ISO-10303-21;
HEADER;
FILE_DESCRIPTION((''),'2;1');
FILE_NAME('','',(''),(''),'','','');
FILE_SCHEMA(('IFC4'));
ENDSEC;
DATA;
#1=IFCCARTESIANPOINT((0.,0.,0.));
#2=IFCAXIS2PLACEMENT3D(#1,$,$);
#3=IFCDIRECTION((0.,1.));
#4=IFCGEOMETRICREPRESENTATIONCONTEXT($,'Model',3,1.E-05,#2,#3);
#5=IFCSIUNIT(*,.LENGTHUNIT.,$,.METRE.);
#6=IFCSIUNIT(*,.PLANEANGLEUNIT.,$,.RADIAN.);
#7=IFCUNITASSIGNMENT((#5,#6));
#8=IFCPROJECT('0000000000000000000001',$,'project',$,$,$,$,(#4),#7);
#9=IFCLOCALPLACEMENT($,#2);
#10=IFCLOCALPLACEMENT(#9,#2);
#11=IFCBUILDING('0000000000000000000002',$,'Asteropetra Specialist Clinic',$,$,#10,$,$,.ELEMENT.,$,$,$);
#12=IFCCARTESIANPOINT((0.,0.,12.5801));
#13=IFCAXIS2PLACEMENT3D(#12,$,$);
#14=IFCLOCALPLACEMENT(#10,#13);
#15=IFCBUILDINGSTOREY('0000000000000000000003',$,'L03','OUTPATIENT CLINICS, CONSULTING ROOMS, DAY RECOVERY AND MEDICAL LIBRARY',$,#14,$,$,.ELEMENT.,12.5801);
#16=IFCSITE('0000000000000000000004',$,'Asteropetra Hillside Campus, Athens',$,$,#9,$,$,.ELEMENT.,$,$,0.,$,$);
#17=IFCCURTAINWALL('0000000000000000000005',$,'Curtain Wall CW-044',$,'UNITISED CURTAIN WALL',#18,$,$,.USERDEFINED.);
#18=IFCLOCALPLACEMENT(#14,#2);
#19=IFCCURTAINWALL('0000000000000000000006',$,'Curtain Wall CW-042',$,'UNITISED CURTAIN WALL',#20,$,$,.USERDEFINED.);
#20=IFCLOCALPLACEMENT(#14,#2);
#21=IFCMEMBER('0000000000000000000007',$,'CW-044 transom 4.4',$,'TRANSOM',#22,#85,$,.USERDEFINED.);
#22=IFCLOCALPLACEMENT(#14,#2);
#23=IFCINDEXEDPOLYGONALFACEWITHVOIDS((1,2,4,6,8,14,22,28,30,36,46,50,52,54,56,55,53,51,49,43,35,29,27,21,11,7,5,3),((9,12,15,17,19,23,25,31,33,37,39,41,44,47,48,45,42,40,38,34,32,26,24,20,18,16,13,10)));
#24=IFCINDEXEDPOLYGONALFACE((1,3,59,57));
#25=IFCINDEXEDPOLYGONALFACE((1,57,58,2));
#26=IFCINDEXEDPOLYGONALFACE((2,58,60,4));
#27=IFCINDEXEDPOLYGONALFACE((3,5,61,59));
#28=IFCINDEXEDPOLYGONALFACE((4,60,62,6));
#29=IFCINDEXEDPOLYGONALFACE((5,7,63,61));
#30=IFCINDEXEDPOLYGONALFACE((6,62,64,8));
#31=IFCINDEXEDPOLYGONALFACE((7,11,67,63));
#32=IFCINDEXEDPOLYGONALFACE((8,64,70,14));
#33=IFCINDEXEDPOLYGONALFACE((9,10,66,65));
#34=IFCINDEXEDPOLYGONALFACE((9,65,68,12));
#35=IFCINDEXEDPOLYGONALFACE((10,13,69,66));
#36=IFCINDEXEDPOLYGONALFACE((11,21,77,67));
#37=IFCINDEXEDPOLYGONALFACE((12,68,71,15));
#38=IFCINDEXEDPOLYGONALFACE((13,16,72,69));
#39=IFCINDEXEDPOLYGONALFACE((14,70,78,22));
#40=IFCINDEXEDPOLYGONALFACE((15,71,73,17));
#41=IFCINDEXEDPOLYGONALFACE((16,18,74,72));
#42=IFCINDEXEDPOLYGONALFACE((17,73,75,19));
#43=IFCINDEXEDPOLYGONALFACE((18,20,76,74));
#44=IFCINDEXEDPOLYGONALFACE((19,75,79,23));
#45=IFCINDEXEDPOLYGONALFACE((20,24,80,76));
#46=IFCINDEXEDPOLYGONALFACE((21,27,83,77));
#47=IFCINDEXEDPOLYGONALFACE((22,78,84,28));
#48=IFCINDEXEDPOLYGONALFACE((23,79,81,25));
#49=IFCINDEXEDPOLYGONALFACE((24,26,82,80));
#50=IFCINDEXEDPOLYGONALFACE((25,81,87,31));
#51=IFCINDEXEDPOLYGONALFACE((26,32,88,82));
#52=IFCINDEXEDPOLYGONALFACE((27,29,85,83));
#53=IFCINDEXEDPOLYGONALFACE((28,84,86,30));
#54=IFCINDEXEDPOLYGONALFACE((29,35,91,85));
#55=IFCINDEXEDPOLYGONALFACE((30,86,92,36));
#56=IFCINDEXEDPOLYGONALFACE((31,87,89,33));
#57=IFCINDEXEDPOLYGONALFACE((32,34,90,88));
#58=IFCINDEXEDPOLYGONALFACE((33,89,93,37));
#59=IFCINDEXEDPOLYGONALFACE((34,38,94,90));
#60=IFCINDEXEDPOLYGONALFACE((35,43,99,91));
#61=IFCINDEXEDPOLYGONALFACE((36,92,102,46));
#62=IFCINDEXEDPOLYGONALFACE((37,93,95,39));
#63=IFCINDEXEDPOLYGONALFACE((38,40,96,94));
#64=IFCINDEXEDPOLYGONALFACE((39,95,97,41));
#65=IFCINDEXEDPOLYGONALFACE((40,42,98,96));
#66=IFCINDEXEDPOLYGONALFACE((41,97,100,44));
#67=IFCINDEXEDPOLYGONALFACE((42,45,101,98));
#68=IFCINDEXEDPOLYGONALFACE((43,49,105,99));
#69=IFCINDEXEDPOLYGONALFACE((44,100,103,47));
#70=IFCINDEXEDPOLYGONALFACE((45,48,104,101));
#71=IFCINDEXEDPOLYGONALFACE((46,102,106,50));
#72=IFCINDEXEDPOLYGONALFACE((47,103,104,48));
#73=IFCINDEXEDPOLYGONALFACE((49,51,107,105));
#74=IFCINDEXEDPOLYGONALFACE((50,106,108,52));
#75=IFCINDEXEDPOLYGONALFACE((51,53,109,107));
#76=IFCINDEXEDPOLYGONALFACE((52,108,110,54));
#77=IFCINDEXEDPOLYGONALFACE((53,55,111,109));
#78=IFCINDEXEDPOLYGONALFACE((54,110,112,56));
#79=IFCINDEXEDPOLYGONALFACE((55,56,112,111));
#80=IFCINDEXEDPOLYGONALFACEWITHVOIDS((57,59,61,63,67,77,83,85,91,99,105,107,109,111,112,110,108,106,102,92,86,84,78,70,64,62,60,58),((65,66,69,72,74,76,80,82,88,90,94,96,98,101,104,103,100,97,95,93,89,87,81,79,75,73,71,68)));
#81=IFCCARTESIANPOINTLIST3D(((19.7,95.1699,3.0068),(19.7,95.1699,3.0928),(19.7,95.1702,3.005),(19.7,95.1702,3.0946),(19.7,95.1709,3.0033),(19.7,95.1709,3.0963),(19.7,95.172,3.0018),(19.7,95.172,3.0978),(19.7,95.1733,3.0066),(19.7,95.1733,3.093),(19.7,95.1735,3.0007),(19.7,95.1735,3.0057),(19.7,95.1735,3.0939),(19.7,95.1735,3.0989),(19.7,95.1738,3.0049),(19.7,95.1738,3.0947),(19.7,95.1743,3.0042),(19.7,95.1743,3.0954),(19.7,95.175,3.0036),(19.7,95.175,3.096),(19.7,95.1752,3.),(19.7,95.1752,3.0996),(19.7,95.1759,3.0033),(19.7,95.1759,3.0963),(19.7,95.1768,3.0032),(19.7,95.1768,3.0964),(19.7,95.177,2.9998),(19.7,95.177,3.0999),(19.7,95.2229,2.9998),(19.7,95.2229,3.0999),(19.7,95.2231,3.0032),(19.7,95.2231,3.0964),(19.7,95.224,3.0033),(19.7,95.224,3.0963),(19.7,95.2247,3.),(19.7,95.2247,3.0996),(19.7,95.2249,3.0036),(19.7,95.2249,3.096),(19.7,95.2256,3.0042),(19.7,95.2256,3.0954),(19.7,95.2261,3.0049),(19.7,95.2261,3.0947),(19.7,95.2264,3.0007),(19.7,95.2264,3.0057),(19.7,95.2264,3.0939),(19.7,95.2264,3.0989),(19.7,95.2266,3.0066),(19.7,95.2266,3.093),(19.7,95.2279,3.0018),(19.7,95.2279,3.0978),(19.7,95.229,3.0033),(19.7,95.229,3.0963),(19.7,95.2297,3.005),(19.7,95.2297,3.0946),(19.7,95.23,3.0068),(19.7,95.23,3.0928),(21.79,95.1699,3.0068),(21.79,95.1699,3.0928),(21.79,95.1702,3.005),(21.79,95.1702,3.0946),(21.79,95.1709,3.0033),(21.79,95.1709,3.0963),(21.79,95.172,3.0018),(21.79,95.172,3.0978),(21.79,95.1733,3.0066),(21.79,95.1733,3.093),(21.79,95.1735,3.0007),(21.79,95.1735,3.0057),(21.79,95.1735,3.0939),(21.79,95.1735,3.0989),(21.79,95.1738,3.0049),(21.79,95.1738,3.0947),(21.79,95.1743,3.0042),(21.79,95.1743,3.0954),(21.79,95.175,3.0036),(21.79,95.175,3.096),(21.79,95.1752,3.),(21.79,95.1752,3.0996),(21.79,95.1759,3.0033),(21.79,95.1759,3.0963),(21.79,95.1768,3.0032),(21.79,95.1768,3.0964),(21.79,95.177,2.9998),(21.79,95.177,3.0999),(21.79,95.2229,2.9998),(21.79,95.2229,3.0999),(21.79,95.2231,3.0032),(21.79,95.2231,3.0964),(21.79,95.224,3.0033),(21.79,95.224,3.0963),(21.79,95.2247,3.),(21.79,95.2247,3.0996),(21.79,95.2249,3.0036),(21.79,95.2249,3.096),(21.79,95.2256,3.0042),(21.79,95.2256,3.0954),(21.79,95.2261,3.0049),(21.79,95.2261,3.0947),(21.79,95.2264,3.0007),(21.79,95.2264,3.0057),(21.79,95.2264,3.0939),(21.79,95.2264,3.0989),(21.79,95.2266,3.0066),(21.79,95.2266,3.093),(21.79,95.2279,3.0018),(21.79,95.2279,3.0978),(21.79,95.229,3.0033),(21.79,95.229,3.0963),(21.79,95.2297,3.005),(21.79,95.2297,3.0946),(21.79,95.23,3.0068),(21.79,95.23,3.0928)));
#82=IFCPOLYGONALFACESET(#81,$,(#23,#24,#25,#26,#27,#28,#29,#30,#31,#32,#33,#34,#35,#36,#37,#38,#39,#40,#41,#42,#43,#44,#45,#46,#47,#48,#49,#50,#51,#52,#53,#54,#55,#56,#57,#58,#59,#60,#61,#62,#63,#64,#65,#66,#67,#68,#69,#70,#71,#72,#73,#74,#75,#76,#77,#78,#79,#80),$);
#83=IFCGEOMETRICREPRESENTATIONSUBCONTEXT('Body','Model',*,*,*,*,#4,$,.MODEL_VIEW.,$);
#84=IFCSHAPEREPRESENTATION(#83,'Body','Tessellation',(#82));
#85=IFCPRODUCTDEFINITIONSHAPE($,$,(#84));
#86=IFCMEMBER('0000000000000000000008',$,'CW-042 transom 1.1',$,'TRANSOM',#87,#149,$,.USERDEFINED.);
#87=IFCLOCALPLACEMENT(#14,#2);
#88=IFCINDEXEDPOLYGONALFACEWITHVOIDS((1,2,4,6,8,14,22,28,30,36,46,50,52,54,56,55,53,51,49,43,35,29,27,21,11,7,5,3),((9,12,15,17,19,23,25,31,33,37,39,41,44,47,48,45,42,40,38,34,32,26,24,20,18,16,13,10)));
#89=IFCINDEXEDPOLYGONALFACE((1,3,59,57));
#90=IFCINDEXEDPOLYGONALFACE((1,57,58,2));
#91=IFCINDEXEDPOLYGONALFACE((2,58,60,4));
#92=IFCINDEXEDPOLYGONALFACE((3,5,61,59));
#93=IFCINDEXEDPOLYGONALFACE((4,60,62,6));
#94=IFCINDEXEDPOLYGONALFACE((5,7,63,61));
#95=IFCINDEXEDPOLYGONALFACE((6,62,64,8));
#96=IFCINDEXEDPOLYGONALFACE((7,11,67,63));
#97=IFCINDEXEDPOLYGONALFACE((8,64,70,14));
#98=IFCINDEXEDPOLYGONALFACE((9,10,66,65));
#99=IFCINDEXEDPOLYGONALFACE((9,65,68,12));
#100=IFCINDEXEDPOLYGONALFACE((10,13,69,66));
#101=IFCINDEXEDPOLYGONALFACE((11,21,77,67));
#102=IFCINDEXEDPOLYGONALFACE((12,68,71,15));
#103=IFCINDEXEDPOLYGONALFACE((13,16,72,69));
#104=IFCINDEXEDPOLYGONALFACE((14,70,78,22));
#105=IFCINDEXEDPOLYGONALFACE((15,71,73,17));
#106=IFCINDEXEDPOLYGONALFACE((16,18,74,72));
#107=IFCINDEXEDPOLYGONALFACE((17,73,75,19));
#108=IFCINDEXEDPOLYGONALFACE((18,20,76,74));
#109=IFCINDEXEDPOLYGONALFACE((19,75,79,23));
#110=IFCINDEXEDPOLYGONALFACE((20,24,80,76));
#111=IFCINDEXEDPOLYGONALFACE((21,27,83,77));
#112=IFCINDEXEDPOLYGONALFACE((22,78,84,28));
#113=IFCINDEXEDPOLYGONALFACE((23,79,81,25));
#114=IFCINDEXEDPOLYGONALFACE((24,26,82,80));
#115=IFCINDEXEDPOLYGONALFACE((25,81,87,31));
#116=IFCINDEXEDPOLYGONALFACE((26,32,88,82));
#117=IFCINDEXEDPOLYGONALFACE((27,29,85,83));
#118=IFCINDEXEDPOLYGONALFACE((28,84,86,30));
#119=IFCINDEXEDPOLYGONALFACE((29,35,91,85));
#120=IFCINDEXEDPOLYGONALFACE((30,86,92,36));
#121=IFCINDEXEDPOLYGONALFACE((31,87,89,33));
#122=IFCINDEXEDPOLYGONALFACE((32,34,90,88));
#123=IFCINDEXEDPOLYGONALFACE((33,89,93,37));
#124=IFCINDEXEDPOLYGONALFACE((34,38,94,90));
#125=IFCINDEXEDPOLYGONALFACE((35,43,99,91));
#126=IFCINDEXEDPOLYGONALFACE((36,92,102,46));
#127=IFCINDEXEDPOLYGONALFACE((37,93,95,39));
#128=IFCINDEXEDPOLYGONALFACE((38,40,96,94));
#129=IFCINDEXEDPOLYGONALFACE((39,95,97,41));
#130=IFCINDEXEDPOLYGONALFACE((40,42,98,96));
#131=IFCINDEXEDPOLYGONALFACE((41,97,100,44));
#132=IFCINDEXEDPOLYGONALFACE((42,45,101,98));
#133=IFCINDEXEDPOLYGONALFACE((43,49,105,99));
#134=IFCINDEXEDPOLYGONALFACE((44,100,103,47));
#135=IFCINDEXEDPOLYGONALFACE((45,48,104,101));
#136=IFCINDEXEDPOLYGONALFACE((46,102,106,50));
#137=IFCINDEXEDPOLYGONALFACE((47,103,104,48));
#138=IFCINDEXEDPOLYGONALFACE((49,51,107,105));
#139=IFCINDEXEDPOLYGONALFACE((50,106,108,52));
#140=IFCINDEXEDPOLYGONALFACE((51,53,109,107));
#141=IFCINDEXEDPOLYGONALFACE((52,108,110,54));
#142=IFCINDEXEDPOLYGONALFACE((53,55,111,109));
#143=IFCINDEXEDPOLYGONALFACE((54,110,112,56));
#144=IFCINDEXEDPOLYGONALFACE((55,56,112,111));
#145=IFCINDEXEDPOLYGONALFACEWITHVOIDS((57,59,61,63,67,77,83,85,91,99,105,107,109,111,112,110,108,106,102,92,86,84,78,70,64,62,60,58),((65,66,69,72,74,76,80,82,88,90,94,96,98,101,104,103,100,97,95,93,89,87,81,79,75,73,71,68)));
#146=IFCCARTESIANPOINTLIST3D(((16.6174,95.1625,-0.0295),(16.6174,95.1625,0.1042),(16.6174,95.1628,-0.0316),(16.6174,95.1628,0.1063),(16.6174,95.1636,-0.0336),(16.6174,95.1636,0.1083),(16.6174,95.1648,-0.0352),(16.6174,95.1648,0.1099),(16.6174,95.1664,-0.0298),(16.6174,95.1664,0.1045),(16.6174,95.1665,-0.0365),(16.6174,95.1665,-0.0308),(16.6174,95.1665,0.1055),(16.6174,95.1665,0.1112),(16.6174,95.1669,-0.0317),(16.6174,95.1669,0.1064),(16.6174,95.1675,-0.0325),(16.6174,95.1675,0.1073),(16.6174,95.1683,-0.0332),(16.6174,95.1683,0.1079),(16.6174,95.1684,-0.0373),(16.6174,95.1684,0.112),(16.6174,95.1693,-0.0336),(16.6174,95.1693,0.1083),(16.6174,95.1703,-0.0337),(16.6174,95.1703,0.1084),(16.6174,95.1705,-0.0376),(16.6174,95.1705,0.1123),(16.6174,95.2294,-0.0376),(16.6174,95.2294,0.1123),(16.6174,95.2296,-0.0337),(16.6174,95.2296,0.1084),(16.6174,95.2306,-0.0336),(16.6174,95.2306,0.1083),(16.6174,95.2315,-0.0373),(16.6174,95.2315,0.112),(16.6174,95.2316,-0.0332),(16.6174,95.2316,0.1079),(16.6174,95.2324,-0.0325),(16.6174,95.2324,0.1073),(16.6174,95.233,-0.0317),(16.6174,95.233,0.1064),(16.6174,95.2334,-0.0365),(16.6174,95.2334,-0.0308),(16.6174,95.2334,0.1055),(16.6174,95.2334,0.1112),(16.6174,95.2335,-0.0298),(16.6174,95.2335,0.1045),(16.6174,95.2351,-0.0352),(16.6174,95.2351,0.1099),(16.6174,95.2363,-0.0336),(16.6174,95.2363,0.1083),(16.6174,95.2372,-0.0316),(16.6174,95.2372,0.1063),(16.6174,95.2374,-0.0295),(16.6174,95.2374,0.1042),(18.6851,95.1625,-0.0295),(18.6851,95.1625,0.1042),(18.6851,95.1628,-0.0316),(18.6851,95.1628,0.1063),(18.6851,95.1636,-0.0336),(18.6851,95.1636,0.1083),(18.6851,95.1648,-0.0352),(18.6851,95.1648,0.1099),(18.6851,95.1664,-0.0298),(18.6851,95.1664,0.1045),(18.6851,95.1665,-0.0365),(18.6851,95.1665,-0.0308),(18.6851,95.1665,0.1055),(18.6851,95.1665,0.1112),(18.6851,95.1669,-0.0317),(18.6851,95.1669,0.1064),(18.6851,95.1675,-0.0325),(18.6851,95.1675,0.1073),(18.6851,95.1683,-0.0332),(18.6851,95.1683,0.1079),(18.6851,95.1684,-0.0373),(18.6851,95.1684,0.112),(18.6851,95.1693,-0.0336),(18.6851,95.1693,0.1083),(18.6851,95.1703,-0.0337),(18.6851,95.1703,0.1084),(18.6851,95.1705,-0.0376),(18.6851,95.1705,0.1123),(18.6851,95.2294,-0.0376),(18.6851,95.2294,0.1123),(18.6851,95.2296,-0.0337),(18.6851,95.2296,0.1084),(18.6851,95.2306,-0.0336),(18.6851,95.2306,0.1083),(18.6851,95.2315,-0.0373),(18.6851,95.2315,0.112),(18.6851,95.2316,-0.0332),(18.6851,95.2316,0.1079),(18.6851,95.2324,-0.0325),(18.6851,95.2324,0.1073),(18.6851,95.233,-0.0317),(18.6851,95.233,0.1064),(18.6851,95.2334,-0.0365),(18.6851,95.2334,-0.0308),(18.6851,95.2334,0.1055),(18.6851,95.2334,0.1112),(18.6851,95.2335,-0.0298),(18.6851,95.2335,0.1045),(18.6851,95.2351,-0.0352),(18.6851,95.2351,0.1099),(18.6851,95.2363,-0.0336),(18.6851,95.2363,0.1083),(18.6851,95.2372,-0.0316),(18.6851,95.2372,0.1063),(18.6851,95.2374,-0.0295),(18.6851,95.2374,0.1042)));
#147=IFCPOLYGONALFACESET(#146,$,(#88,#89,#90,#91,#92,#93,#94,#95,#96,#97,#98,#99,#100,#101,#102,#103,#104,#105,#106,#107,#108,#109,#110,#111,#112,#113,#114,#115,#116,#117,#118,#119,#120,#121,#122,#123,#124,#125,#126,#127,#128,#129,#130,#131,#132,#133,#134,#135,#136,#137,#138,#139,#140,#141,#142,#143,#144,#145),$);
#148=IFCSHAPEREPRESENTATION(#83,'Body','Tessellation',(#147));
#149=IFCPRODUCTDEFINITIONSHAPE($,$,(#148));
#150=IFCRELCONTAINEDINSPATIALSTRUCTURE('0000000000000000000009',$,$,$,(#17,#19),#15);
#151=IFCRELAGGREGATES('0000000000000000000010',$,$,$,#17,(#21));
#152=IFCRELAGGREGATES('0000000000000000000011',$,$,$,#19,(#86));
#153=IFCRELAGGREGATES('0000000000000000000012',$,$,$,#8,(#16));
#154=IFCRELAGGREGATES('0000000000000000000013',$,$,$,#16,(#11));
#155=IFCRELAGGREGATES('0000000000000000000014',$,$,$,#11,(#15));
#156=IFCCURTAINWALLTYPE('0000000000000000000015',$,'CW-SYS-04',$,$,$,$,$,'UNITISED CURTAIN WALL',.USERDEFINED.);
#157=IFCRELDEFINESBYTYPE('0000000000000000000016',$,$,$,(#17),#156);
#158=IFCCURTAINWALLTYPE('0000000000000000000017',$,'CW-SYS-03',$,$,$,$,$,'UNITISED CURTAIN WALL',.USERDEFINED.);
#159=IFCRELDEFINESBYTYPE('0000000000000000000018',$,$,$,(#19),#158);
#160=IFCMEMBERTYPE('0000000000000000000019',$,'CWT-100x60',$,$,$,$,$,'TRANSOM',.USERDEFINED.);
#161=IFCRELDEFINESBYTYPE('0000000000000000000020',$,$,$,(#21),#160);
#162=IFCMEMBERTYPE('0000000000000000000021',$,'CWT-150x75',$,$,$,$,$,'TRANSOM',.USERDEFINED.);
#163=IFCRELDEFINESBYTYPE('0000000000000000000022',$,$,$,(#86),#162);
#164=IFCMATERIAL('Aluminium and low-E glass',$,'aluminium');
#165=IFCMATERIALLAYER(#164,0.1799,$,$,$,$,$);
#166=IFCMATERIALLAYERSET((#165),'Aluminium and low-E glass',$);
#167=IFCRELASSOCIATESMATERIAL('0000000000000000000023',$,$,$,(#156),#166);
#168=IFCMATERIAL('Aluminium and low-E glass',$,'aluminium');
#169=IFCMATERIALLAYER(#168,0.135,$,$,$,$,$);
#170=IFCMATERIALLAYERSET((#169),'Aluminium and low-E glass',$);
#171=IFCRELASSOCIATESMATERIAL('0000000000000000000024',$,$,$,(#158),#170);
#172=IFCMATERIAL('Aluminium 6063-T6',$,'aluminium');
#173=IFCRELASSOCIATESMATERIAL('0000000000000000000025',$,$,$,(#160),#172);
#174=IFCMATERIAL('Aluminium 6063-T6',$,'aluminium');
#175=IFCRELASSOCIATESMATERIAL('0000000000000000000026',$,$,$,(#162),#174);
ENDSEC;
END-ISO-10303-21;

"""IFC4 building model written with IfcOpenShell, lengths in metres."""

from ifc_helpers import new_model, si_unit, direction, frame, origin, origin_2d, place, context, subcontext, project, spatial, hollow_rectangle, extrude, material, layer, layer_set, material_profile, profile_set, type_object, element, aggregate, save


model = new_model("IFC4")

# Units and contexts
model_context = context("Model", 3, precision=1e-05, world=origin(), true_north=direction((0.0, 1.0)))
body_context = subcontext(model_context, "Body", "Model", "MODEL_VIEW")
ifc_project = project(units=[si_unit("LENGTHUNIT", "METRE"), si_unit("PLANEANGLEUNIT", "RADIAN")], contexts=[model_context])

# Site, building, storey
site_placement = place(None, origin())
site = spatial("IfcSite", under=ifc_project, at=site_placement, Name="Asteropetra Hillside Campus, Athens", CompositionType="ELEMENT", RefElevation=0.0)
building_placement = place(site_placement, origin())
building = spatial("IfcBuilding", under=site, at=building_placement, Name="Asteropetra Specialist Clinic", CompositionType="ELEMENT")
storey_placement = place(building_placement, frame((0.0, 0.0, 12.5801)))
storey = spatial("IfcBuildingStorey", under=building, at=storey_placement, Name="L03", Description="OUTPATIENT CLINICS, CONSULTING ROOMS, DAY RECOVERY AND MEDICAL LIBRARY", CompositionType="ELEMENT", Elevation=12.5801)

# Curtain walls
ifc_material_1 = material(Name="Aluminium and low-E glass", Category="aluminium")
ifc_layer_1 = layer(ifc_material_1, 0.1799)
ifc_layer_set_1 = layer_set([ifc_layer_1], Name="Aluminium and low-E glass")
curtain_wall_type_1 = type_object("IfcCurtainWallType", Name="CW-SYS-04", ElementType="UNITISED CURTAIN WALL", PredefinedType="USERDEFINED", material=ifc_layer_set_1)
curtain_wall_1_placement = place(storey_placement, origin())
curtain_wall_1 = element("IfcCurtainWall", 1, at=curtain_wall_1_placement, inside=storey, type_object=curtain_wall_type_1, Name="Curtain Wall CW-044", ObjectType="UNITISED CURTAIN WALL", PredefinedType="USERDEFINED")
ifc_material_2 = material(Name="Aluminium and low-E glass", Category="aluminium")
ifc_layer_2 = layer(ifc_material_2, 0.135)
ifc_layer_set_2 = layer_set([ifc_layer_2], Name="Aluminium and low-E glass")
curtain_wall_type_2 = type_object("IfcCurtainWallType", Name="CW-SYS-03", ElementType="UNITISED CURTAIN WALL", PredefinedType="USERDEFINED", material=ifc_layer_set_2)
curtain_wall_2_placement = place(storey_placement, origin())
curtain_wall_2 = element("IfcCurtainWall", 2, at=curtain_wall_2_placement, inside=storey, type_object=curtain_wall_type_2, Name="Curtain Wall CW-042", ObjectType="UNITISED CURTAIN WALL", PredefinedType="USERDEFINED")

# Members
ifc_material_3 = material(Name="Aluminium 6063-T6", Category="aluminium")
ifc_material_profile_1 = material_profile(ifc_material_3, hollow_rectangle(XDim=0.0601, YDim=0.1001, WallThickness=0.0034, InnerFilletRadius=0.0034, OuterFilletRadius=0.0071, at=origin_2d()), Name="TRN 100x60x3.5")
ifc_profile_set_1 = profile_set([ifc_material_profile_1], Name="Aluminium 6063-T6")
member_type_1 = type_object("IfcMemberType", Name="CWT-100x60", ElementType="TRANSOM", PredefinedType="USERDEFINED", material=ifc_profile_set_1)
member_1_placement = place(storey_placement, frame((21.79, 95.2, 3.0498), z_axis=(-1.0, 0.0, 0.0), x_axis=(0.0, -1.0, 0.0)))
member_1 = element("IfcMember", 3, at=member_1_placement, type_object=member_type_1, Name="CW-044 transom 4.4", ObjectType="TRANSOM", PredefinedType="USERDEFINED", context=body_context, shape_type="SweptSolid", body=[
    extrude(hollow_rectangle(XDim=0.0601, YDim=0.1001, WallThickness=0.0034, InnerFilletRadius=0.0034, OuterFilletRadius=0.0071, at=origin_2d()), origin(), (0.0, 0.0, 1.0), 2.0901),
])
ifc_material_4 = material(Name="Aluminium 6063-T6", Category="aluminium")
ifc_material_profile_2 = material_profile(ifc_material_4, hollow_rectangle(XDim=0.075, YDim=0.1499, WallThickness=0.0039, InnerFilletRadius=0.0039, OuterFilletRadius=0.0081, at=origin_2d()), Name="TRN 150x75x4.0")
ifc_profile_set_2 = profile_set([ifc_material_profile_2], Name="Aluminium 6063-T6")
member_type_2 = type_object("IfcMemberType", Name="CWT-150x75", ElementType="TRANSOM", PredefinedType="USERDEFINED", material=ifc_profile_set_2)
member_2_placement = place(storey_placement, frame((18.6851, 95.2, 0.0374), z_axis=(-1.0, 0.0, 0.0), x_axis=(0.0, -1.0, 0.0)))
member_2 = element("IfcMember", 4, at=member_2_placement, type_object=member_type_2, Name="CW-042 transom 1.1", ObjectType="TRANSOM", PredefinedType="USERDEFINED", context=body_context, shape_type="SweptSolid", body=[
    extrude(hollow_rectangle(XDim=0.075, YDim=0.1499, WallThickness=0.0039, InnerFilletRadius=0.0039, OuterFilletRadius=0.0081, at=origin_2d()), origin(), (0.0, 0.0, 1.0), 2.0676),
])

aggregate(curtain_wall_1, [member_1])
aggregate(curtain_wall_2, [member_2])

save(model, "model.ifc")
